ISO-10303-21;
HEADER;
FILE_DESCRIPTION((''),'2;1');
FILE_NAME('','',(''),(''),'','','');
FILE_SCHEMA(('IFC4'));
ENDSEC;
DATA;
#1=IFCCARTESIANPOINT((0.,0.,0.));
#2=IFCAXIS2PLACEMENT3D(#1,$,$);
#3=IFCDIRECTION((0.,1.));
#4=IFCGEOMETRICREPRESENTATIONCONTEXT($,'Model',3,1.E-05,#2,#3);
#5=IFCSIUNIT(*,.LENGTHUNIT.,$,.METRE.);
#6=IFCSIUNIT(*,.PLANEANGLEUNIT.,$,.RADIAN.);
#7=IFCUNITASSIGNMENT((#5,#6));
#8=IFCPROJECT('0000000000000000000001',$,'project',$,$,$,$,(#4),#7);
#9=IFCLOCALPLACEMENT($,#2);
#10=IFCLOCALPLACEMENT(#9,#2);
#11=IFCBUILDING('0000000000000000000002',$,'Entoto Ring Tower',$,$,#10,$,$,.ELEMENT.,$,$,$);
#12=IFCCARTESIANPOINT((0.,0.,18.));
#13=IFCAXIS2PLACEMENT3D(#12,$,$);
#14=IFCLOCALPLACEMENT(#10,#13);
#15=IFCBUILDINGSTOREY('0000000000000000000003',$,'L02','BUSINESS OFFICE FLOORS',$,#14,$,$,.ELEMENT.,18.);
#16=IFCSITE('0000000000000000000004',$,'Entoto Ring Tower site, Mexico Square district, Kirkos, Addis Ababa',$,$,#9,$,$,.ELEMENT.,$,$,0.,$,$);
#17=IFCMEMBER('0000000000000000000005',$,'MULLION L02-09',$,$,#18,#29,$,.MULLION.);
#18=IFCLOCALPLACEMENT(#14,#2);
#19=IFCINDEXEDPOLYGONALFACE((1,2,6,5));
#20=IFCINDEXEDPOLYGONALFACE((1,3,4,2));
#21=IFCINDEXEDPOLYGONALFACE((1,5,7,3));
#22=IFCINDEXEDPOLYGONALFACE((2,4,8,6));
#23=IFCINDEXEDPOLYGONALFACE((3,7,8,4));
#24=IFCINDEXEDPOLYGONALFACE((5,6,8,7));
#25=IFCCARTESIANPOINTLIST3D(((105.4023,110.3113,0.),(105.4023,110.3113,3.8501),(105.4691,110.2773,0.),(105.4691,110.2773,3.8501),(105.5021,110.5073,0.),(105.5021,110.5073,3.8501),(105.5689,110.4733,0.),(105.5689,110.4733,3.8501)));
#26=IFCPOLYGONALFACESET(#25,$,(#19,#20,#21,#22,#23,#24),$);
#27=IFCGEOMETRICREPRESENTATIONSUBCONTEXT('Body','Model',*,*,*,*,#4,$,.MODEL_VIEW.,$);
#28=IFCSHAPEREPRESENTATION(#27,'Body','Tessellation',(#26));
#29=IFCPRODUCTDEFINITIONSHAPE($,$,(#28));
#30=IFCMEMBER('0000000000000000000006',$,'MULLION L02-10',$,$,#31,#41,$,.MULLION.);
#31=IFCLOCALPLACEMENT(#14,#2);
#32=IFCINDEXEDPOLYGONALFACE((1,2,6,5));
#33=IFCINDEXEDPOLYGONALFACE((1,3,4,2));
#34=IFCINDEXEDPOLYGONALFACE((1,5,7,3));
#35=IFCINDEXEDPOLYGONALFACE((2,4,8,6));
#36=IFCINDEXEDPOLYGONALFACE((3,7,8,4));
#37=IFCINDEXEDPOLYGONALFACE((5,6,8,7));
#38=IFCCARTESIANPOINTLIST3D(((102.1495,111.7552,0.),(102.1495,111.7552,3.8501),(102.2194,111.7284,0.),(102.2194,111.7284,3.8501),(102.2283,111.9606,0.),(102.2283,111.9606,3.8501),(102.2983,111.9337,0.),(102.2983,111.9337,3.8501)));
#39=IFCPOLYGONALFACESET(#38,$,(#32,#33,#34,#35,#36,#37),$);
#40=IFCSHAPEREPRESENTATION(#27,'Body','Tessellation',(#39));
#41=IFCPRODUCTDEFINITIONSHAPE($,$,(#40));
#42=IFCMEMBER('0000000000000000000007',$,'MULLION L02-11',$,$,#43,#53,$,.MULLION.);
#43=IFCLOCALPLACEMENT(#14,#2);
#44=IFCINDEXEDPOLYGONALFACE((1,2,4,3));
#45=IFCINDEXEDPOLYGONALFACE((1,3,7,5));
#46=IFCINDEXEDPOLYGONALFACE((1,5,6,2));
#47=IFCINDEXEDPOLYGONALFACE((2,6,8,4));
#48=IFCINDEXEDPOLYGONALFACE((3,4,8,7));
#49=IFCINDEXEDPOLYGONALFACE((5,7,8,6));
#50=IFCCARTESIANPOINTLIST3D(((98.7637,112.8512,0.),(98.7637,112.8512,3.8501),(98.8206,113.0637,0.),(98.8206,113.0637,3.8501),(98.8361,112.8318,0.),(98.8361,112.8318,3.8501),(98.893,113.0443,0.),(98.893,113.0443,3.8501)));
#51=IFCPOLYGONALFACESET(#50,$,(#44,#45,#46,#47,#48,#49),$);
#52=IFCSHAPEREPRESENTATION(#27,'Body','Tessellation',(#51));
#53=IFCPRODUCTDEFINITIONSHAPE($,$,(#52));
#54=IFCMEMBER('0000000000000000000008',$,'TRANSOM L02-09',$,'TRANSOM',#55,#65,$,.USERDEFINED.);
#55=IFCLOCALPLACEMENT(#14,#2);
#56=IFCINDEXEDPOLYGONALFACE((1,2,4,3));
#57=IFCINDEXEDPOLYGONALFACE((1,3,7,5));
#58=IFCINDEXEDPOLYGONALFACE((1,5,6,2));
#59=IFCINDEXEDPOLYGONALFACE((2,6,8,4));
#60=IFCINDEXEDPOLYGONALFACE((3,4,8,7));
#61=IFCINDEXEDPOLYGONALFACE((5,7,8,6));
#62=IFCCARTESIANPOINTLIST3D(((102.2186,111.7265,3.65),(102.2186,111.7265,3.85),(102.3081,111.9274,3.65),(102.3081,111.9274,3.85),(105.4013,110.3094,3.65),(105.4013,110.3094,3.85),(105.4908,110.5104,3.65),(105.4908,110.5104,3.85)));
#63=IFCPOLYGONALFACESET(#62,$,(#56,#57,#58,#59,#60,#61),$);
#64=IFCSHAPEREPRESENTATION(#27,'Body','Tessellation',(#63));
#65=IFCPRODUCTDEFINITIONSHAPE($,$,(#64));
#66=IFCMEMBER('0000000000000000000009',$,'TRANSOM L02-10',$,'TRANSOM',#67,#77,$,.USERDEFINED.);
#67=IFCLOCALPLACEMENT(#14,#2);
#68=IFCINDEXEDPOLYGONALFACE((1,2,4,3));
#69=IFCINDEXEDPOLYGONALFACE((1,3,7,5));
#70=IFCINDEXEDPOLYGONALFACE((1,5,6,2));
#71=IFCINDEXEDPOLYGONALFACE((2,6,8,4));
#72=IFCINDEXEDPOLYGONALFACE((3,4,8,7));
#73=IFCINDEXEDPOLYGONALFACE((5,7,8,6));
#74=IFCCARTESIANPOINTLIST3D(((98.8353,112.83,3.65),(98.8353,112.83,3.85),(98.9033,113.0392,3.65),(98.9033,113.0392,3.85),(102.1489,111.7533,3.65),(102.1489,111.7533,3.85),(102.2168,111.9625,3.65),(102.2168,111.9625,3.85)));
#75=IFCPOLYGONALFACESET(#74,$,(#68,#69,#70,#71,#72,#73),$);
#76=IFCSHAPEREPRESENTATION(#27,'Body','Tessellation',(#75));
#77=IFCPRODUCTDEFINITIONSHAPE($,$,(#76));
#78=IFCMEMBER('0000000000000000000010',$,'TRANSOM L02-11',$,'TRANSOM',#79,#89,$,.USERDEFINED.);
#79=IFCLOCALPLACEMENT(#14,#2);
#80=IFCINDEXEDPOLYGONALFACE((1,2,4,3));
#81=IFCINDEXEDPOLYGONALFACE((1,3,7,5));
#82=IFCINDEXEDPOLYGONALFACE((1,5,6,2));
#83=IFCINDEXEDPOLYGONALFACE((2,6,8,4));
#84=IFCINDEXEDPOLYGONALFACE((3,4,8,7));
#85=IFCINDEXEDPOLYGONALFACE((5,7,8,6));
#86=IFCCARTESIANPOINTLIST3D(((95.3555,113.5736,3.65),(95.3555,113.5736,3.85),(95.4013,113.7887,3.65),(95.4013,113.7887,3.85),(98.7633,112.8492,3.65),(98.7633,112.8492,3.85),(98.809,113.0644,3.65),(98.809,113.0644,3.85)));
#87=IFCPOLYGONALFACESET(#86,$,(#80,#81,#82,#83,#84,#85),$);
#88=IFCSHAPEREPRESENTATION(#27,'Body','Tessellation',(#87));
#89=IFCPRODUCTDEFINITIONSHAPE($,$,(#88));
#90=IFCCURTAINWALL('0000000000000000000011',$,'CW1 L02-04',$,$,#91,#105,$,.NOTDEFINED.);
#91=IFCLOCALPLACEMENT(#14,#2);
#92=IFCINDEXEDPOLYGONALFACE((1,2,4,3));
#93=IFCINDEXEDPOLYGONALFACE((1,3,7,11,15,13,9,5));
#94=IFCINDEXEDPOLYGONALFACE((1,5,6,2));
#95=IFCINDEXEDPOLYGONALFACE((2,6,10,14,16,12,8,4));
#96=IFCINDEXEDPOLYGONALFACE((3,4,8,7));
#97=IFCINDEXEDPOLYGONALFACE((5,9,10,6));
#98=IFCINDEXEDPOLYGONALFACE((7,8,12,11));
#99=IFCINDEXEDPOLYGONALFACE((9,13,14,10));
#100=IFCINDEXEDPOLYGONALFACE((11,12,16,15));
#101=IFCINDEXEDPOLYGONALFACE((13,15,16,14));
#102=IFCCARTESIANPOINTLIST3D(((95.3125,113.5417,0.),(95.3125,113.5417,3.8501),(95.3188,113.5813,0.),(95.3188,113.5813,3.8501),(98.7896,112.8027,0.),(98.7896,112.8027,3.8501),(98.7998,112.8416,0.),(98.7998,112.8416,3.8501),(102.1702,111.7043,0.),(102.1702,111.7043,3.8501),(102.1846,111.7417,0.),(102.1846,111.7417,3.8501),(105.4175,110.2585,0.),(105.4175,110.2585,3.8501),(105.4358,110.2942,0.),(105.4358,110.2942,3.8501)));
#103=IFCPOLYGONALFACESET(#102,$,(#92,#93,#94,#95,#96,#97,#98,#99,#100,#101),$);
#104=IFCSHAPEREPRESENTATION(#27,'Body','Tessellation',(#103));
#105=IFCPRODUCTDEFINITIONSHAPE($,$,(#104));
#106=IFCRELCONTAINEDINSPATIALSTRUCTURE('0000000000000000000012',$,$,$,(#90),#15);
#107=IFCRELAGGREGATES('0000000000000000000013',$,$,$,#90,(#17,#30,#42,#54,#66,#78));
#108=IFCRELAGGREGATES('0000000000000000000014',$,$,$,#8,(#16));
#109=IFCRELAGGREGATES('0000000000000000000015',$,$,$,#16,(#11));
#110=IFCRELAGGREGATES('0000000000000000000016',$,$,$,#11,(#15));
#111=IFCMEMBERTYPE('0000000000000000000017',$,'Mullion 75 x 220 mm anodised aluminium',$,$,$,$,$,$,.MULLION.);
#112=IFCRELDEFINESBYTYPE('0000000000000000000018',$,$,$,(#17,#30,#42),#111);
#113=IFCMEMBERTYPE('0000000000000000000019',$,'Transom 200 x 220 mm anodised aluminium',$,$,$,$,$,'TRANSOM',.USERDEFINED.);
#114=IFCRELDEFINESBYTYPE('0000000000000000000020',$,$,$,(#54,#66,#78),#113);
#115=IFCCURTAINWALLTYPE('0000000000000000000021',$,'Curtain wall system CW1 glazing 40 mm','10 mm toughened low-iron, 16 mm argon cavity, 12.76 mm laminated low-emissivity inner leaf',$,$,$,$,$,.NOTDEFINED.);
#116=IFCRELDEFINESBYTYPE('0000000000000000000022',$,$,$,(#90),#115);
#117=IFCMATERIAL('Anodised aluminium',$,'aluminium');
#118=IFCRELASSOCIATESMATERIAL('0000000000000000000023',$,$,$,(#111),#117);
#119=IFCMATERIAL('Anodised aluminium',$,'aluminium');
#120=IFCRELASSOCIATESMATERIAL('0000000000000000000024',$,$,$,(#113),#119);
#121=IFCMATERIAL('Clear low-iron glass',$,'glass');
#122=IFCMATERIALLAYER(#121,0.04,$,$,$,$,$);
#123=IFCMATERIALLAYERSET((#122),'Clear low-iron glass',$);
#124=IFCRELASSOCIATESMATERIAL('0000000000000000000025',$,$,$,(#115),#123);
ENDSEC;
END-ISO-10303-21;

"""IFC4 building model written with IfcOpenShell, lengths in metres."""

from ifc_helpers import new_model, si_unit, direction, frame, origin, origin_2d, place, context, subcontext, project, spatial, polyline, rectangle, outline, extrude, material, layer, layer_set, material_profile, profile_set, type_object, element, aggregate, save


model = new_model("IFC4")

# Units and contexts
model_context = context("Model", 3, precision=1e-05, world=origin(), true_north=direction((0.0, 1.0)))
body_context = subcontext(model_context, "Body", "Model", "MODEL_VIEW")
ifc_project = project(units=[si_unit("LENGTHUNIT", "METRE"), si_unit("PLANEANGLEUNIT", "RADIAN")], contexts=[model_context])

# Members
ifc_material_1 = material(Name="Anodised aluminium", Category="aluminium")
ifc_material_profile_1 = material_profile(ifc_material_1, rectangle(XDim=0.075, YDim=0.22, at=origin_2d()), Name="Mullion 75 x 220 mm anodised aluminium")
ifc_profile_set_1 = profile_set([ifc_material_profile_1], Name="Anodised aluminium")
member_type_1 = type_object("IfcMemberType", Name="Mullion 75 x 220 mm anodised aluminium", PredefinedType="MULLION", material=ifc_profile_set_1)
site_placement = place(None, origin())
building_placement = place(site_placement, origin())
storey_placement = place(building_placement, frame((0.0, 0.0, 18.0)))
member_1_placement = place(storey_placement, frame((105.4856, 110.3923, 0.0), z_axis=(0.0, 0.0, 1.0), x_axis=(-0.891007, 0.45399, 0.0)))
member_1 = element("IfcMember", 1, at=member_1_placement, type_object=member_type_1, Name="MULLION L02-09", PredefinedType="MULLION", context=body_context, shape_type="SweptSolid", body=[
    extrude(rectangle(XDim=0.075, YDim=0.22, at=origin_2d()), origin(), (0.0, 0.0, 1.0), 3.8501),
])
member_2_placement = place(storey_placement, frame((102.2239, 111.8445, 0.0), z_axis=(0.0, 0.0, 1.0), x_axis=(-0.93358, 0.358368, 0.0)))
member_2 = element("IfcMember", 2, at=member_2_placement, type_object=member_type_1, Name="MULLION L02-10", PredefinedType="MULLION", context=body_context, shape_type="SweptSolid", body=[
    extrude(rectangle(XDim=0.075, YDim=0.22, at=origin_2d()), origin(), (0.0, 0.0, 1.0), 3.8501),
])
member_3_placement = place(storey_placement, frame((98.8284, 112.9478, 0.0), z_axis=(0.0, 0.0, 1.0), x_axis=(-0.965926, 0.258819, 0.0)))
member_3 = element("IfcMember", 3, at=member_3_placement, type_object=member_type_1, Name="MULLION L02-11", PredefinedType="MULLION", context=body_context, shape_type="SweptSolid", body=[
    extrude(rectangle(XDim=0.075, YDim=0.22, at=origin_2d()), origin(), (0.0, 0.0, 1.0), 3.8501),
])
ifc_material_2 = material(Name="Anodised aluminium", Category="aluminium")
ifc_material_profile_2 = material_profile(ifc_material_2, rectangle(XDim=0.22, YDim=0.2, at=origin_2d()), Name="Transom 200 x 220 mm anodised aluminium")
ifc_profile_set_2 = profile_set([ifc_material_profile_2], Name="Anodised aluminium")
member_type_2 = type_object("IfcMemberType", Name="Transom 200 x 220 mm anodised aluminium", ElementType="TRANSOM", PredefinedType="USERDEFINED", material=ifc_profile_set_2)
member_4_placement = place(storey_placement, frame((105.446, 110.4099, 3.75), z_axis=(-0.913545, 0.406737, 0.0), x_axis=(-0.406737, -0.913545, 0.0)))
member_4 = element("IfcMember", 4, at=member_4_placement, type_object=member_type_2, Name="TRANSOM L02-09", ObjectType="TRANSOM", PredefinedType="USERDEFINED", context=body_context, shape_type="SweptSolid", body=[
    extrude(rectangle(XDim=0.22, YDim=0.2, at=origin_2d()), origin(), (0.0, 0.0, 1.0), 3.4839),
])
member_5_placement = place(storey_placement, frame((102.1829, 111.8579, 3.75), z_axis=(-0.951053, 0.309029, 0.0), x_axis=(-0.309029, -0.951053, 0.0)))
member_5 = element("IfcMember", 5, at=member_5_placement, type_object=member_type_2, Name="TRANSOM L02-10", ObjectType="TRANSOM", PredefinedType="USERDEFINED", context=body_context, shape_type="SweptSolid", body=[
    extrude(rectangle(XDim=0.22, YDim=0.2, at=origin_2d()), origin(), (0.0, 0.0, 1.0), 3.4841),
])
member_6_placement = place(storey_placement, frame((98.7861, 112.9568, 3.75), z_axis=(-0.978146, 0.207921, 0.0), x_axis=(-0.207921, -0.978146, 0.0)))
member_6 = element("IfcMember", 6, at=member_6_placement, type_object=member_type_2, Name="TRANSOM L02-11", ObjectType="TRANSOM", PredefinedType="USERDEFINED", context=body_context, shape_type="SweptSolid", body=[
    extrude(rectangle(XDim=0.22, YDim=0.2, at=origin_2d()), origin(), (0.0, 0.0, 1.0), 3.4839),
])

# Site, building, storey
site = spatial("IfcSite", under=ifc_project, at=site_placement, Name="Entoto Ring Tower site, Mexico Square district, Kirkos, Addis Ababa", CompositionType="ELEMENT", RefElevation=0.0)
building = spatial("IfcBuilding", under=site, at=building_placement, Name="Entoto Ring Tower", CompositionType="ELEMENT")
storey = spatial("IfcBuildingStorey", under=building, at=storey_placement, Name="L02", Description="BUSINESS OFFICE FLOORS", CompositionType="ELEMENT", Elevation=18.0)

# Curtain wall
ifc_material_3 = material(Name="Clear low-iron glass", Category="glass")
ifc_layer = layer(ifc_material_3, 0.04)
ifc_layer_set = layer_set([ifc_layer], Name="Clear low-iron glass")
curtain_wall_type = type_object("IfcCurtainWallType", Name="Curtain wall system CW1 glazing 40 mm", Description="10 mm toughened low-iron, 16 mm argon cavity, 12.76 mm laminated low-emissivity inner leaf", PredefinedType="NOTDEFINED", material=ifc_layer_set)
curtain_wall_1_placement = place(storey_placement, origin())
curtain_wall_1 = element("IfcCurtainWall", 7, at=curtain_wall_1_placement, inside=storey, type_object=curtain_wall_type, Name="CW1 L02-04", PredefinedType="NOTDEFINED", context=body_context, shape_type="SweptSolid", body=[
    extrude(outline(polyline([(105.4358, 110.2942), (102.1846, 111.7417), (98.7998, 112.8416), (95.3188, 113.5813), (95.3125, 113.5417), (98.7896, 112.8027), (102.1702, 111.7043), (105.4175, 110.2585), (105.4358, 110.2942)])), origin(), (0.0, 0.0, 1.0), 3.8501),
])
aggregate(curtain_wall_1, [member_1, member_2, member_3, member_4, member_5, member_6])

save(model, "model.ifc")
